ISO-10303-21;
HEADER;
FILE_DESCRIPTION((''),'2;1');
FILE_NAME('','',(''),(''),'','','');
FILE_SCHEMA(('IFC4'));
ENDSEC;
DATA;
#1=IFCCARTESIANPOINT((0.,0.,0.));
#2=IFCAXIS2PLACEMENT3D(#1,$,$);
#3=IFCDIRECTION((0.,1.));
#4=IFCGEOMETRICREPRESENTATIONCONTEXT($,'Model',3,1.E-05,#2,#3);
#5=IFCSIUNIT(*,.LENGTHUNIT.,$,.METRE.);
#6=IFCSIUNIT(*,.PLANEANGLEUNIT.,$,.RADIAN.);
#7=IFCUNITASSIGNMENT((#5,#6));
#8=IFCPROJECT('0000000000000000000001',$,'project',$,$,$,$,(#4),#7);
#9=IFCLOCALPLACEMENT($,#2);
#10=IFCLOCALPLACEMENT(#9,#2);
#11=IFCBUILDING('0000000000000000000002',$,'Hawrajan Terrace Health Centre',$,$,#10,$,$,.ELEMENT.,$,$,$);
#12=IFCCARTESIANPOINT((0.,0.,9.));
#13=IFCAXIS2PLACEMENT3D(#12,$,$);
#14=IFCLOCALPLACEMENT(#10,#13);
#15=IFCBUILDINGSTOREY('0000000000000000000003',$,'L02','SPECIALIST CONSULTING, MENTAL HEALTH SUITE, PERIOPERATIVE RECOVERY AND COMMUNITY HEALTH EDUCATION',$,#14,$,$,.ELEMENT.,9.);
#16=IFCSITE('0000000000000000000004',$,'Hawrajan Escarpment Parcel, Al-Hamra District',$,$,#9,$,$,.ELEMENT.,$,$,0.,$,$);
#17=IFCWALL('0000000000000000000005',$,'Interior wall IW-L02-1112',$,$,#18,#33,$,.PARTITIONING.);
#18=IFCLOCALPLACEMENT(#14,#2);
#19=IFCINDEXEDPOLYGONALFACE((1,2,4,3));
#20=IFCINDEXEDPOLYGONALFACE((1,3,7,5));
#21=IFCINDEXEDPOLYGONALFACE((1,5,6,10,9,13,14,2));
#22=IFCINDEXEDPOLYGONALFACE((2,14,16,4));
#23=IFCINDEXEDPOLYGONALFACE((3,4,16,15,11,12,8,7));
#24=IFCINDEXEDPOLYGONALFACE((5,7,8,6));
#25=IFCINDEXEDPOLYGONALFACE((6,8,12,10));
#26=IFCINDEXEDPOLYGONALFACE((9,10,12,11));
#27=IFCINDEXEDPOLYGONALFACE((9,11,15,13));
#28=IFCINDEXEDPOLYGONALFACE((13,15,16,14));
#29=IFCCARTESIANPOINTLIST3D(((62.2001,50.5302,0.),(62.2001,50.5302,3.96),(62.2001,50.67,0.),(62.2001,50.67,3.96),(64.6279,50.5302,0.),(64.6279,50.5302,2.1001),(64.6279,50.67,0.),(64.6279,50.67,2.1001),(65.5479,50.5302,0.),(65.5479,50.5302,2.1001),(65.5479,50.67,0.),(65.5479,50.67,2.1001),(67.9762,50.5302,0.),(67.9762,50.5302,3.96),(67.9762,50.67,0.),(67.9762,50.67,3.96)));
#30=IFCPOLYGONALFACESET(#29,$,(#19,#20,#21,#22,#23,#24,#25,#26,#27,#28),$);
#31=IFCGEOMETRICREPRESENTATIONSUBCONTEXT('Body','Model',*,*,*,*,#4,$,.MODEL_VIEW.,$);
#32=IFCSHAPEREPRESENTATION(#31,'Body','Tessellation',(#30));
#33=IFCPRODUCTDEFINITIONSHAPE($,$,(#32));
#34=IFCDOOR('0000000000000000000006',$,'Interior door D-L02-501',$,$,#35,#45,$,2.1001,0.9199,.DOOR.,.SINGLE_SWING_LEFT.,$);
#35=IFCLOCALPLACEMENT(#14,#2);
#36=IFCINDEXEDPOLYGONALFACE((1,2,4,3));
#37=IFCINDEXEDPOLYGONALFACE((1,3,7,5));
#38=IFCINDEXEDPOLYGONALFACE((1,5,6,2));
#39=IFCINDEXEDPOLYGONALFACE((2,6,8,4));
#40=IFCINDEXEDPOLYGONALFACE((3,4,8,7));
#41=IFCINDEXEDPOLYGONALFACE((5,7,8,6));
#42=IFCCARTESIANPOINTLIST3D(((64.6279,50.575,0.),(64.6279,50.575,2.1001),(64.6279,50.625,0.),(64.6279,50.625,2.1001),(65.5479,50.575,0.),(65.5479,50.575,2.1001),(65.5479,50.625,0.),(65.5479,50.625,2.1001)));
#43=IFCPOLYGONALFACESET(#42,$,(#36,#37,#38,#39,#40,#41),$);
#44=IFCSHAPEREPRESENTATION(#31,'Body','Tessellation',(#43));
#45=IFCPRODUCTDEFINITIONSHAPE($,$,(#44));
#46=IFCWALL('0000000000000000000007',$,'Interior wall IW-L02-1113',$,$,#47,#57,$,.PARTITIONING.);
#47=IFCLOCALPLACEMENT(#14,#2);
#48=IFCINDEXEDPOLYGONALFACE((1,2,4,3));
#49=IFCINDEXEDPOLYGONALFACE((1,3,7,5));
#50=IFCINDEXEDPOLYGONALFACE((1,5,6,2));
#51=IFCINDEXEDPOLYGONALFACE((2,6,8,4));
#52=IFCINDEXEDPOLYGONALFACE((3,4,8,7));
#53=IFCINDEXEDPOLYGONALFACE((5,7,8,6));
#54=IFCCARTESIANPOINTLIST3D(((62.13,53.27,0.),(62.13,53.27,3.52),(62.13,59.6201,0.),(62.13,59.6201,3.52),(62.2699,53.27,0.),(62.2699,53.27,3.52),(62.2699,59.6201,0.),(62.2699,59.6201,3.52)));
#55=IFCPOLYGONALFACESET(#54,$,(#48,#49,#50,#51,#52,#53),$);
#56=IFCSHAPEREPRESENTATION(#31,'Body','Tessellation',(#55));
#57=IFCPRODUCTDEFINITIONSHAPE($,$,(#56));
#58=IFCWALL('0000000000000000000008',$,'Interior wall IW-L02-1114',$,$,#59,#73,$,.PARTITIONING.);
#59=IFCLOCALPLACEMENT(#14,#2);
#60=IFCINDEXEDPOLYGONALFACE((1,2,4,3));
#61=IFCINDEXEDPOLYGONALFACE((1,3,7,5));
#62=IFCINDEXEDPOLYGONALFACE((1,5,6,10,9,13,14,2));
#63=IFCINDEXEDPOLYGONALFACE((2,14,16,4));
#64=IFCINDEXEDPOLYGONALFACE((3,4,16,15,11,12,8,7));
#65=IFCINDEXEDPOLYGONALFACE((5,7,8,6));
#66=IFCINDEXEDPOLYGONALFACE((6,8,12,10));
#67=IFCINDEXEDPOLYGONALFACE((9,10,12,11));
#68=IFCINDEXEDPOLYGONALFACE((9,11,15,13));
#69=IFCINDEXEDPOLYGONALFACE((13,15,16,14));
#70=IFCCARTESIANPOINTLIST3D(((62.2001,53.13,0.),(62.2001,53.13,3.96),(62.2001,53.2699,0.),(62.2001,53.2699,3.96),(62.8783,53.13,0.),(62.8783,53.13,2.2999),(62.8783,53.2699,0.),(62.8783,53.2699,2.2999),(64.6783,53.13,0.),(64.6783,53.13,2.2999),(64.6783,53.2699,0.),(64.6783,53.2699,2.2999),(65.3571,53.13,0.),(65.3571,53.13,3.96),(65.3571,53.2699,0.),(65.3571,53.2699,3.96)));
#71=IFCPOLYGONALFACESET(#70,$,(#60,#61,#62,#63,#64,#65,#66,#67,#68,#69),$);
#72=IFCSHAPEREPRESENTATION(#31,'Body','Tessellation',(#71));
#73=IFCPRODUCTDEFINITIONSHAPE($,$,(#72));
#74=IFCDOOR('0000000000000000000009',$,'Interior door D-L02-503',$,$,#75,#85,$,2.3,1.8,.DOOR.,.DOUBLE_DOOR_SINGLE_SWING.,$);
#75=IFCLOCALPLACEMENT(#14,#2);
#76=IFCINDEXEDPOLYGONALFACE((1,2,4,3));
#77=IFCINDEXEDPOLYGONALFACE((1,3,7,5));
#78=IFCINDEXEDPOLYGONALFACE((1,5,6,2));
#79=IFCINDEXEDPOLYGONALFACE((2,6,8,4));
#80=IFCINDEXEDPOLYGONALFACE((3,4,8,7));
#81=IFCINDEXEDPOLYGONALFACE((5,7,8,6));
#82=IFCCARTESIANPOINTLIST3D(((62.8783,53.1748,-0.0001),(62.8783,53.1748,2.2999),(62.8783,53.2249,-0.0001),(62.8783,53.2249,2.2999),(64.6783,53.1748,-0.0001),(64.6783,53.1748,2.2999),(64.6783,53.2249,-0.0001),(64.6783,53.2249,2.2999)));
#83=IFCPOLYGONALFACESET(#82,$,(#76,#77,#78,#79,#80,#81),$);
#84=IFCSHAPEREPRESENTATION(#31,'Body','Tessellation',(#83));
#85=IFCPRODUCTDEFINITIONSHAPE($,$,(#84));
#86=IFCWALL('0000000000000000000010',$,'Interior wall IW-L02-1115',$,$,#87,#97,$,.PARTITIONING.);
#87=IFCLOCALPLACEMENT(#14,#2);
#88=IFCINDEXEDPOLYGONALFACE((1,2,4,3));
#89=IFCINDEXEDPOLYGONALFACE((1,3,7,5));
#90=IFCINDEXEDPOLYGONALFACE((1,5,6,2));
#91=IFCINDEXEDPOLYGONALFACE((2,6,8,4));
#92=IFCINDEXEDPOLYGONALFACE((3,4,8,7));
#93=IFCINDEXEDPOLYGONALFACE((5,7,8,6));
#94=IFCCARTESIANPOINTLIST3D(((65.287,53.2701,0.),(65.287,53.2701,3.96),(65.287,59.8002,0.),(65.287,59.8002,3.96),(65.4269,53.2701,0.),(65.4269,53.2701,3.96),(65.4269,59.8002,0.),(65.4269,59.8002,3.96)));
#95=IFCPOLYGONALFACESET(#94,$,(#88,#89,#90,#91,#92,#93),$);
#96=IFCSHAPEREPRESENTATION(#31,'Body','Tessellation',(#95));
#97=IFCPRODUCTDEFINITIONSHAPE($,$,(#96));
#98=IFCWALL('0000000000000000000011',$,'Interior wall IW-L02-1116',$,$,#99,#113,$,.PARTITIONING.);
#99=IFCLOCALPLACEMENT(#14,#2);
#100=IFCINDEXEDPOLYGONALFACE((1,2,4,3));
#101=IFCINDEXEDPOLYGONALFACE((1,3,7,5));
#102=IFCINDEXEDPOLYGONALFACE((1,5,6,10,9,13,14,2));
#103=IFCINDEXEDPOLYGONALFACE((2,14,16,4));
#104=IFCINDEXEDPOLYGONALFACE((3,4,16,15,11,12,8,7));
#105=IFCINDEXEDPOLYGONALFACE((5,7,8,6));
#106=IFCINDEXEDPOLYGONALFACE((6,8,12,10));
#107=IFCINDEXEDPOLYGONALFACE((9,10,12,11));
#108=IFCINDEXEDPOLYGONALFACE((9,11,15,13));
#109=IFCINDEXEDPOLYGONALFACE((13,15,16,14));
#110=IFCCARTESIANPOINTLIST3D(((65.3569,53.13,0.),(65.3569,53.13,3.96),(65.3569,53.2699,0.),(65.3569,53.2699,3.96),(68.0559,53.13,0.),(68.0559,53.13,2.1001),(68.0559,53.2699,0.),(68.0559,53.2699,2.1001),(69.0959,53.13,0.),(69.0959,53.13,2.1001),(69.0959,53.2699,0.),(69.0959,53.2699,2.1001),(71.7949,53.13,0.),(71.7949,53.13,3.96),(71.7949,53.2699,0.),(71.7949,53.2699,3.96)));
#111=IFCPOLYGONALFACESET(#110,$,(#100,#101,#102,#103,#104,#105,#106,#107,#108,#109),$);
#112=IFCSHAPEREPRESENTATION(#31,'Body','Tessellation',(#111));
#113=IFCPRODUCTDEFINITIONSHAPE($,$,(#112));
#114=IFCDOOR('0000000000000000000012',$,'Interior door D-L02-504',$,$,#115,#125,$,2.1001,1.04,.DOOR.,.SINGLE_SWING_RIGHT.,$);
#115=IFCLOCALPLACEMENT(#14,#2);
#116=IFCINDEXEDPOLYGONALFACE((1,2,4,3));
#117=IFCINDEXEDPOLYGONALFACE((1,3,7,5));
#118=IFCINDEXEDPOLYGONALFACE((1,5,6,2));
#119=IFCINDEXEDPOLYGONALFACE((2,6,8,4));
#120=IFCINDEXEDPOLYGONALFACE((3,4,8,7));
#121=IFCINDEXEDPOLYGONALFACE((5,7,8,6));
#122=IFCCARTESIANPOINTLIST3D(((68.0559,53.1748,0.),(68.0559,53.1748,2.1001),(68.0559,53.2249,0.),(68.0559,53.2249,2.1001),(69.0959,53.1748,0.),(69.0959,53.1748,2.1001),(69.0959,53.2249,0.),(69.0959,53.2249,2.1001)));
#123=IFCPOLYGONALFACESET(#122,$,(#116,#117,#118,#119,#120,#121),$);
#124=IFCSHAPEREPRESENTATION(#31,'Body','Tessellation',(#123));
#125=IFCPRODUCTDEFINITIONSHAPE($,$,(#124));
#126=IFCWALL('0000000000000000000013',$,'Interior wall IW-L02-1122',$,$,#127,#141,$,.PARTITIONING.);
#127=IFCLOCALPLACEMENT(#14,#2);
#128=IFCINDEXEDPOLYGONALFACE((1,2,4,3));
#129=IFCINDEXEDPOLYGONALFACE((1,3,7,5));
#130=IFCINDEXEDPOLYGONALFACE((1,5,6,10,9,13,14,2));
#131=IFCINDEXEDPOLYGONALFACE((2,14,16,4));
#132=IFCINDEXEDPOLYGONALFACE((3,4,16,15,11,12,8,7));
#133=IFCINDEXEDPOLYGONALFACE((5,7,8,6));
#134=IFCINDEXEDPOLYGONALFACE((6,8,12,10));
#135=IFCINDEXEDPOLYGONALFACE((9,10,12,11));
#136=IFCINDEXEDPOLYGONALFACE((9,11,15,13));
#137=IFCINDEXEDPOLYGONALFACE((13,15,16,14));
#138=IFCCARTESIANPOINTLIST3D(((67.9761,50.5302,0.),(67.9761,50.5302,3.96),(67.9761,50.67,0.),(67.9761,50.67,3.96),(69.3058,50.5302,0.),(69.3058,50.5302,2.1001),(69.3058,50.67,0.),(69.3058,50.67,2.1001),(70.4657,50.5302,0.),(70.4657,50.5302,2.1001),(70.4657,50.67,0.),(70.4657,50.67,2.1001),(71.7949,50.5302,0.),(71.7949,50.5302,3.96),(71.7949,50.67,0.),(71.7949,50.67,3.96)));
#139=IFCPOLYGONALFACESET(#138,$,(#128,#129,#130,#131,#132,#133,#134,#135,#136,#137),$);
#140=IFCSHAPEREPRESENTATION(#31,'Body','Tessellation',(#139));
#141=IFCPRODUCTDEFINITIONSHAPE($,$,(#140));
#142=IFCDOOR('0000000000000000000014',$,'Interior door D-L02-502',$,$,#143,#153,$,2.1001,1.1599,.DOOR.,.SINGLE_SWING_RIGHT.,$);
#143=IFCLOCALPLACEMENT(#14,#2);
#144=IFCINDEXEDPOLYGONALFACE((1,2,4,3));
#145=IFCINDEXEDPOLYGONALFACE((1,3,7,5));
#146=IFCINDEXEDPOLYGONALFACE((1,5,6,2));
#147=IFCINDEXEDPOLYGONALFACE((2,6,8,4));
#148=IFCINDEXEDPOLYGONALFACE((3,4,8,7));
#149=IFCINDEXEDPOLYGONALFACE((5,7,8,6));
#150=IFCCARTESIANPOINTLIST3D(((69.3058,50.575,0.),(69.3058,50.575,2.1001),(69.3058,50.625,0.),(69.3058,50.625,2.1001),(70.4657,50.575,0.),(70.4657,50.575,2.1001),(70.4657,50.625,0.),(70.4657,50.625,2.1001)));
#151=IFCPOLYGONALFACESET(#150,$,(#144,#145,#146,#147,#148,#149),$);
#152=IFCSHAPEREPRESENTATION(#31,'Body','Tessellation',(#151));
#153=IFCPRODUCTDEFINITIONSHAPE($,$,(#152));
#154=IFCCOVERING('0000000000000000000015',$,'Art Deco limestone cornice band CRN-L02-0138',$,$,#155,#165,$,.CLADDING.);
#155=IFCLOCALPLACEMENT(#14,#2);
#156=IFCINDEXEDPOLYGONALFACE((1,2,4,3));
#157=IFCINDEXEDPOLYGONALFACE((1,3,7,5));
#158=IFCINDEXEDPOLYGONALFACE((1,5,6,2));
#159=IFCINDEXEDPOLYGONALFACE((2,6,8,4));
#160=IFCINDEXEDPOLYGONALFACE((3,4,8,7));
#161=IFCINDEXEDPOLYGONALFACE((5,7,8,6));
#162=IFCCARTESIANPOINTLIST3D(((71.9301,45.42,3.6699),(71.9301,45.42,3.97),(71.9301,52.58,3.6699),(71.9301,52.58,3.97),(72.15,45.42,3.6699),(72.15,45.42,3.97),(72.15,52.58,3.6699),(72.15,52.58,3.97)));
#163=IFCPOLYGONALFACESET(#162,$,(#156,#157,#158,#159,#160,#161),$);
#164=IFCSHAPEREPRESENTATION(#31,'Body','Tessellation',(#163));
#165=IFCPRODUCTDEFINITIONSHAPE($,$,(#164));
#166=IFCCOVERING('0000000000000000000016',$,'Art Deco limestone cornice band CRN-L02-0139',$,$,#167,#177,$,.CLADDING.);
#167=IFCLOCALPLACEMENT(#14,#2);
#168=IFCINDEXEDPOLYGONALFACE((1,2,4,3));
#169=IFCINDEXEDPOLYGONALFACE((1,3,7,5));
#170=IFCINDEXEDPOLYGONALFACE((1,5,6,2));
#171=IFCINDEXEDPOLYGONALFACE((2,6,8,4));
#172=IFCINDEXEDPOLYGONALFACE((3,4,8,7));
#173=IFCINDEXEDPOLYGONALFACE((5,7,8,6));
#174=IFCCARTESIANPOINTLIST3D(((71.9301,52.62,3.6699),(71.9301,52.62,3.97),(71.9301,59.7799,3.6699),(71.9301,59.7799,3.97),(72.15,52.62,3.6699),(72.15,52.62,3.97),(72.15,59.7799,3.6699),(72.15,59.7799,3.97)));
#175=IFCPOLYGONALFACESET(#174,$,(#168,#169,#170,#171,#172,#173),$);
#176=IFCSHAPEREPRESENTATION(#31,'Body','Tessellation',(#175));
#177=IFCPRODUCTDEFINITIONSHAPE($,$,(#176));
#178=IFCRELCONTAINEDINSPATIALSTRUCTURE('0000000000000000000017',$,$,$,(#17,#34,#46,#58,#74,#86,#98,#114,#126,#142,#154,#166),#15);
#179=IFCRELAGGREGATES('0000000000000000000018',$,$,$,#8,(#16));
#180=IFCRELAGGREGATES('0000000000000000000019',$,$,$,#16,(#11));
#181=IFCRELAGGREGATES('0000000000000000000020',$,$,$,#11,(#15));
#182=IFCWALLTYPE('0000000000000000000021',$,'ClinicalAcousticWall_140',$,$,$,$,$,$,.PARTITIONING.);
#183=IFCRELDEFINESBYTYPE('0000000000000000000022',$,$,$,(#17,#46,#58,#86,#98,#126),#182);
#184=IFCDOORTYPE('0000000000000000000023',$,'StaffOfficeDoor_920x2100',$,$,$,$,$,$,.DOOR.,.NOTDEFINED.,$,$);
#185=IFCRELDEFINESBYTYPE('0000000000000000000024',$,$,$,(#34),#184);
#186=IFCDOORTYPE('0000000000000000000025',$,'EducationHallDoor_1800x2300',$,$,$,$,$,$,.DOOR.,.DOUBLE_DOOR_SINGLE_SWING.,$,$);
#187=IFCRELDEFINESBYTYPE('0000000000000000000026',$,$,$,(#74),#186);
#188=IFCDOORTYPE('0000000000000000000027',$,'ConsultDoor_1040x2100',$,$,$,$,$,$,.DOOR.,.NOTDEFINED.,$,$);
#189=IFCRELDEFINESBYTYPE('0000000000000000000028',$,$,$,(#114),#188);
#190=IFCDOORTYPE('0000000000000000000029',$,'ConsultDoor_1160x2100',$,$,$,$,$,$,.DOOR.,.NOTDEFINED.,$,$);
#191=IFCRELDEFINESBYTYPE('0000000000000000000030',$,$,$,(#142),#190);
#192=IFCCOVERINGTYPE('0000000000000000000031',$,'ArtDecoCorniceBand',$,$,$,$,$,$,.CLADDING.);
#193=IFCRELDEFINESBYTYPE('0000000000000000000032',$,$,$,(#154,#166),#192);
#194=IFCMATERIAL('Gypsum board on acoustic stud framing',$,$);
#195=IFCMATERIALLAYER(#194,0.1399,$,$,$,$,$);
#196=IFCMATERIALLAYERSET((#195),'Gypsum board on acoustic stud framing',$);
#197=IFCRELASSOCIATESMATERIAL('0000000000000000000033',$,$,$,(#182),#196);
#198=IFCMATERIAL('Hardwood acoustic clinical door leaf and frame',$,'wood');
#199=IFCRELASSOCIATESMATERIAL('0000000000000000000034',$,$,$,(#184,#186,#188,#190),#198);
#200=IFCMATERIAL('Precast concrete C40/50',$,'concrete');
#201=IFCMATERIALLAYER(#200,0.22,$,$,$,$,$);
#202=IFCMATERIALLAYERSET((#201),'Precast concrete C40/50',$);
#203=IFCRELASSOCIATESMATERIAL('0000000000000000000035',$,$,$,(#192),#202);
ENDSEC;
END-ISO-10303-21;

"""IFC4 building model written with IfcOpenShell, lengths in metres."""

from ifc_helpers import new_model, si_unit, direction, frame, frame_2d, origin, origin_2d, place, context, subcontext, project, spatial, rectangle, extrude, material, layer, layer_set, type_object, element, fill, save


model = new_model("IFC4")

# Units and contexts
model_context = context("Model", 3, precision=1e-05, world=origin(), true_north=direction((0.0, 1.0)))
body_context = subcontext(model_context, "Body", "Model", "MODEL_VIEW")
ifc_project = project(units=[si_unit("LENGTHUNIT", "METRE"), si_unit("PLANEANGLEUNIT", "RADIAN")], contexts=[model_context])

# Site, building, storey
site_placement = place(None, origin())
site = spatial("IfcSite", under=ifc_project, at=site_placement, Name="Hawrajan Escarpment Parcel, Al-Hamra District", CompositionType="ELEMENT", RefElevation=0.0)
building_placement = place(site_placement, origin())
building = spatial("IfcBuilding", under=site, at=building_placement, Name="Hawrajan Terrace Health Centre", CompositionType="ELEMENT")
storey_placement = place(building_placement, frame((0.0, 0.0, 9.0)))
storey = spatial("IfcBuildingStorey", under=building, at=storey_placement, Name="L02", Description="SPECIALIST CONSULTING, MENTAL HEALTH SUITE, PERIOPERATIVE RECOVERY AND COMMUNITY HEALTH EDUCATION", CompositionType="ELEMENT", Elevation=9.0)

# Shared definitions
ifc_material_1 = material(Name="Precast concrete C40/50", Category="concrete")

# Wall, opening, door
ifc_material_2 = material(Name="Gypsum board on acoustic stud framing")
ifc_layer_1 = layer(ifc_material_2, 0.1399)
ifc_layer_set_1 = layer_set([ifc_layer_1], Name="Gypsum board on acoustic stud framing")
wall_type_1 = type_object("IfcWallType", Name="ClinicalAcousticWall_140", PredefinedType="PARTITIONING", material=ifc_layer_set_1)
wall_1_placement = place(storey_placement, frame((62.2, 50.6001, 0.0), z_axis=(0.0, 0.0, 1.0), x_axis=(1.0, 0.0, 0.0)))
wall_1 = element("IfcWall", 1, at=wall_1_placement, inside=storey, type_object=wall_type_1, Name="Interior wall IW-L02-1112", PredefinedType="PARTITIONING", context=body_context, shape_type="SweptSolid", body=[
    extrude(rectangle(XDim=5.7761, YDim=0.1399, at=frame_2d((2.8882, 0.0))), origin(), (0.0, 0.0, 1.0), 3.96),
])
opening_1_placement = place(wall_1_placement, frame((2.428, 0.0, 0.0)))
opening_1 = element("IfcOpeningElement", 2, at=opening_1_placement, cuts=wall_1, PredefinedType="OPENING", context=body_context, shape_type="SweptSolid", body=[
    extrude(rectangle(XDim=0.9199, YDim=2.1001, at=frame_2d((0.46, 1.05))), frame((0.0, 0.0798, 0.0), z_axis=(0.0, -1.0, 0.0), x_axis=(1.0, 0.0, 0.0)), (0.0, 0.0, 1.0), 0.1599),
])
ifc_material_3 = material(Name="Hardwood acoustic clinical door leaf and frame", Category="wood")
door_type_1 = type_object("IfcDoorType", Name="StaffOfficeDoor_920x2100", OperationType="NOTDEFINED", PredefinedType="DOOR", material=ifc_material_3)
door_1_placement = place(opening_1_placement, origin())
door_1 = element("IfcDoor", 3, at=door_1_placement, inside=storey, type_object=door_type_1, Name="Interior door D-L02-501", OperationType="SINGLE_SWING_LEFT", OverallHeight=2.1001, OverallWidth=0.9199, PredefinedType="DOOR", context=body_context, shape_type="SweptSolid", body=[
    extrude(rectangle(XDim=0.9199, YDim=2.1001, at=frame_2d((0.46, 1.05))), frame((0.0, 0.0249, 0.0), z_axis=(0.0, -1.0, 0.0), x_axis=(1.0, 0.0, 0.0)), (0.0, 0.0, 1.0), 0.05),
])
fill(opening_1, door_1)

# Wall
wall_2_placement = place(storey_placement, frame((62.2, 53.27, 0.0), z_axis=(0.0, 0.0, 1.0), x_axis=(0.0, 1.0, 0.0)))
element("IfcWall", 4, at=wall_2_placement, inside=storey, type_object=wall_type_1, Name="Interior wall IW-L02-1113", PredefinedType="PARTITIONING", context=body_context, shape_type="SweptSolid", body=[
    extrude(rectangle(XDim=6.3501, YDim=0.1399, at=frame_2d((3.175, 0.0))), origin(), (0.0, 0.0, 1.0), 3.52),
])

# Wall, opening, door
wall_3_placement = place(storey_placement, frame((62.2, 53.2, 0.0), z_axis=(0.0, 0.0, 1.0), x_axis=(1.0, 0.0, 0.0)))
wall_3 = element("IfcWall", 5, at=wall_3_placement, inside=storey, type_object=wall_type_1, Name="Interior wall IW-L02-1114", PredefinedType="PARTITIONING", context=body_context, shape_type="SweptSolid", body=[
    extrude(rectangle(XDim=3.157, YDim=0.1399, at=frame_2d((1.5786, 0.0))), origin(), (0.0, 0.0, 1.0), 3.96),
])
opening_2_placement = place(wall_3_placement, frame((0.6785, 0.0, 0.0)))
opening_2 = element("IfcOpeningElement", 6, at=opening_2_placement, cuts=wall_3, PredefinedType="OPENING", context=body_context, shape_type="SweptSolid", body=[
    extrude(rectangle(XDim=1.8, YDim=2.3, at=frame_2d((0.8999, 1.1499))), frame((0.0, 0.0798, 0.0), z_axis=(0.0, -1.0, 0.0), x_axis=(1.0, 0.0, 0.0)), (0.0, 0.0, 1.0), 0.1599),
])
door_type_2 = type_object("IfcDoorType", Name="EducationHallDoor_1800x2300", OperationType="DOUBLE_DOOR_SINGLE_SWING", PredefinedType="DOOR", material=ifc_material_3)
door_2_placement = place(opening_2_placement, origin())
door_2 = element("IfcDoor", 7, at=door_2_placement, inside=storey, type_object=door_type_2, Name="Interior door D-L02-503", OperationType="DOUBLE_DOOR_SINGLE_SWING", OverallHeight=2.3, OverallWidth=1.8, PredefinedType="DOOR", context=body_context, shape_type="SweptSolid", body=[
    extrude(rectangle(XDim=1.8, YDim=2.3, at=frame_2d((0.8999, 1.1499))), frame((0.0, 0.0249, 0.0), z_axis=(0.0, -1.0, 0.0), x_axis=(1.0, 0.0, 0.0)), (0.0, 0.0, 1.0), 0.05),
])
fill(opening_2, door_2)

# Wall
wall_4_placement = place(storey_placement, frame((65.3569, 53.27, 0.0), z_axis=(0.0, 0.0, 1.0), x_axis=(0.0, 1.0, 0.0)))
element("IfcWall", 8, at=wall_4_placement, inside=storey, type_object=wall_type_1, Name="Interior wall IW-L02-1115", PredefinedType="PARTITIONING", context=body_context, shape_type="SweptSolid", body=[
    extrude(rectangle(XDim=6.53, YDim=0.1399, at=frame_2d((3.2651, 0.0))), origin(), (0.0, 0.0, 1.0), 3.96),
])

# Walls, openings, doors
wall_5_placement = place(storey_placement, frame((65.3569, 53.2, 0.0), z_axis=(0.0, 0.0, 1.0), x_axis=(1.0, 0.0, 0.0)))
wall_5 = element("IfcWall", 9, at=wall_5_placement, inside=storey, type_object=wall_type_1, Name="Interior wall IW-L02-1116", PredefinedType="PARTITIONING", context=body_context, shape_type="SweptSolid", body=[
    extrude(rectangle(XDim=6.438, YDim=0.1399, at=frame_2d((3.219, 0.0))), origin(), (0.0, 0.0, 1.0), 3.96),
])
opening_3_placement = place(wall_5_placement, frame((2.699, 0.0, 0.0)))
opening_3 = element("IfcOpeningElement", 10, at=opening_3_placement, cuts=wall_5, PredefinedType="OPENING", context=body_context, shape_type="SweptSolid", body=[
    extrude(rectangle(XDim=1.04, YDim=2.1001, at=frame_2d((0.52, 1.05))), frame((0.0, 0.0798, 0.0), z_axis=(0.0, -1.0, 0.0), x_axis=(1.0, 0.0, 0.0)), (0.0, 0.0, 1.0), 0.1599),
])
door_type_3 = type_object("IfcDoorType", Name="ConsultDoor_1040x2100", OperationType="NOTDEFINED", PredefinedType="DOOR", material=ifc_material_3)
door_3_placement = place(opening_3_placement, origin())
door_3 = element("IfcDoor", 11, at=door_3_placement, inside=storey, type_object=door_type_3, Name="Interior door D-L02-504", OperationType="SINGLE_SWING_RIGHT", OverallHeight=2.1001, OverallWidth=1.04, PredefinedType="DOOR", context=body_context, shape_type="SweptSolid", body=[
    extrude(rectangle(XDim=1.04, YDim=2.1001, at=frame_2d((0.52, 1.05))), frame((0.0, 0.0249, 0.0), z_axis=(0.0, -1.0, 0.0), x_axis=(1.0, 0.0, 0.0)), (0.0, 0.0, 1.0), 0.05),
])
fill(opening_3, door_3)
wall_6_placement = place(storey_placement, frame((67.9761, 50.6001, 0.0), z_axis=(0.0, 0.0, 1.0), x_axis=(1.0, 0.0, 0.0)))
wall_6 = element("IfcWall", 12, at=wall_6_placement, inside=storey, type_object=wall_type_1, Name="Interior wall IW-L02-1122", PredefinedType="PARTITIONING", context=body_context, shape_type="SweptSolid", body=[
    extrude(rectangle(XDim=3.8188, YDim=0.1399, at=frame_2d((1.9094, 0.0))), origin(), (0.0, 0.0, 1.0), 3.96),
])
opening_4_placement = place(wall_6_placement, frame((1.3296, 0.0, 0.0)))
opening_4 = element("IfcOpeningElement", 13, at=opening_4_placement, cuts=wall_6, PredefinedType="OPENING", context=body_context, shape_type="SweptSolid", body=[
    extrude(rectangle(XDim=1.1599, YDim=2.1001, at=frame_2d((0.5801, 1.05))), frame((0.0, 0.0798, 0.0), z_axis=(0.0, -1.0, 0.0), x_axis=(1.0, 0.0, 0.0)), (0.0, 0.0, 1.0), 0.1599),
])
door_type_4 = type_object("IfcDoorType", Name="ConsultDoor_1160x2100", OperationType="NOTDEFINED", PredefinedType="DOOR", material=ifc_material_3)
door_4_placement = place(opening_4_placement, origin())
door_4 = element("IfcDoor", 14, at=door_4_placement, inside=storey, type_object=door_type_4, Name="Interior door D-L02-502", OperationType="SINGLE_SWING_RIGHT", OverallHeight=2.1001, OverallWidth=1.1599, PredefinedType="DOOR", context=body_context, shape_type="SweptSolid", body=[
    extrude(rectangle(XDim=1.1599, YDim=2.1001, at=frame_2d((0.5801, 1.05))), frame((0.0, 0.0249, 0.0), z_axis=(0.0, -1.0, 0.0), x_axis=(1.0, 0.0, 0.0)), (0.0, 0.0, 1.0), 0.05),
])
fill(opening_4, door_4)

# Coverings
ifc_layer_2 = layer(ifc_material_1, 0.22)
ifc_layer_set_2 = layer_set([ifc_layer_2], Name="Precast concrete C40/50")
covering_type_1 = type_object("IfcCoveringType", Name="ArtDecoCorniceBand", PredefinedType="CLADDING", material=ifc_layer_set_2)
for number, where, z_axis, x_axis, name in (
    (15, (72.04, 49.0, 3.6699), (0.0, 0.0, 1.0), (0.0, 1.0, 0.0), "Art Deco limestone cornice band CRN-L02-0138"),
    (16, (72.04, 56.2, 3.6699), (0.0, 0.0, 1.0), (0.0, 1.0, 0.0), "Art Deco limestone cornice band CRN-L02-0139"),
):
    element("IfcCovering", number, at=place(storey_placement, frame(where, z_axis=z_axis, x_axis=x_axis)), inside=storey, type_object=covering_type_1, Name=name, PredefinedType="CLADDING", context=body_context, shape_type="SweptSolid", body=[
        extrude(rectangle(XDim=7.1599, YDim=0.22, at=origin_2d()), origin(), (0.0, 0.0, 1.0), 0.3),
    ])

save(model, "model.ifc")
